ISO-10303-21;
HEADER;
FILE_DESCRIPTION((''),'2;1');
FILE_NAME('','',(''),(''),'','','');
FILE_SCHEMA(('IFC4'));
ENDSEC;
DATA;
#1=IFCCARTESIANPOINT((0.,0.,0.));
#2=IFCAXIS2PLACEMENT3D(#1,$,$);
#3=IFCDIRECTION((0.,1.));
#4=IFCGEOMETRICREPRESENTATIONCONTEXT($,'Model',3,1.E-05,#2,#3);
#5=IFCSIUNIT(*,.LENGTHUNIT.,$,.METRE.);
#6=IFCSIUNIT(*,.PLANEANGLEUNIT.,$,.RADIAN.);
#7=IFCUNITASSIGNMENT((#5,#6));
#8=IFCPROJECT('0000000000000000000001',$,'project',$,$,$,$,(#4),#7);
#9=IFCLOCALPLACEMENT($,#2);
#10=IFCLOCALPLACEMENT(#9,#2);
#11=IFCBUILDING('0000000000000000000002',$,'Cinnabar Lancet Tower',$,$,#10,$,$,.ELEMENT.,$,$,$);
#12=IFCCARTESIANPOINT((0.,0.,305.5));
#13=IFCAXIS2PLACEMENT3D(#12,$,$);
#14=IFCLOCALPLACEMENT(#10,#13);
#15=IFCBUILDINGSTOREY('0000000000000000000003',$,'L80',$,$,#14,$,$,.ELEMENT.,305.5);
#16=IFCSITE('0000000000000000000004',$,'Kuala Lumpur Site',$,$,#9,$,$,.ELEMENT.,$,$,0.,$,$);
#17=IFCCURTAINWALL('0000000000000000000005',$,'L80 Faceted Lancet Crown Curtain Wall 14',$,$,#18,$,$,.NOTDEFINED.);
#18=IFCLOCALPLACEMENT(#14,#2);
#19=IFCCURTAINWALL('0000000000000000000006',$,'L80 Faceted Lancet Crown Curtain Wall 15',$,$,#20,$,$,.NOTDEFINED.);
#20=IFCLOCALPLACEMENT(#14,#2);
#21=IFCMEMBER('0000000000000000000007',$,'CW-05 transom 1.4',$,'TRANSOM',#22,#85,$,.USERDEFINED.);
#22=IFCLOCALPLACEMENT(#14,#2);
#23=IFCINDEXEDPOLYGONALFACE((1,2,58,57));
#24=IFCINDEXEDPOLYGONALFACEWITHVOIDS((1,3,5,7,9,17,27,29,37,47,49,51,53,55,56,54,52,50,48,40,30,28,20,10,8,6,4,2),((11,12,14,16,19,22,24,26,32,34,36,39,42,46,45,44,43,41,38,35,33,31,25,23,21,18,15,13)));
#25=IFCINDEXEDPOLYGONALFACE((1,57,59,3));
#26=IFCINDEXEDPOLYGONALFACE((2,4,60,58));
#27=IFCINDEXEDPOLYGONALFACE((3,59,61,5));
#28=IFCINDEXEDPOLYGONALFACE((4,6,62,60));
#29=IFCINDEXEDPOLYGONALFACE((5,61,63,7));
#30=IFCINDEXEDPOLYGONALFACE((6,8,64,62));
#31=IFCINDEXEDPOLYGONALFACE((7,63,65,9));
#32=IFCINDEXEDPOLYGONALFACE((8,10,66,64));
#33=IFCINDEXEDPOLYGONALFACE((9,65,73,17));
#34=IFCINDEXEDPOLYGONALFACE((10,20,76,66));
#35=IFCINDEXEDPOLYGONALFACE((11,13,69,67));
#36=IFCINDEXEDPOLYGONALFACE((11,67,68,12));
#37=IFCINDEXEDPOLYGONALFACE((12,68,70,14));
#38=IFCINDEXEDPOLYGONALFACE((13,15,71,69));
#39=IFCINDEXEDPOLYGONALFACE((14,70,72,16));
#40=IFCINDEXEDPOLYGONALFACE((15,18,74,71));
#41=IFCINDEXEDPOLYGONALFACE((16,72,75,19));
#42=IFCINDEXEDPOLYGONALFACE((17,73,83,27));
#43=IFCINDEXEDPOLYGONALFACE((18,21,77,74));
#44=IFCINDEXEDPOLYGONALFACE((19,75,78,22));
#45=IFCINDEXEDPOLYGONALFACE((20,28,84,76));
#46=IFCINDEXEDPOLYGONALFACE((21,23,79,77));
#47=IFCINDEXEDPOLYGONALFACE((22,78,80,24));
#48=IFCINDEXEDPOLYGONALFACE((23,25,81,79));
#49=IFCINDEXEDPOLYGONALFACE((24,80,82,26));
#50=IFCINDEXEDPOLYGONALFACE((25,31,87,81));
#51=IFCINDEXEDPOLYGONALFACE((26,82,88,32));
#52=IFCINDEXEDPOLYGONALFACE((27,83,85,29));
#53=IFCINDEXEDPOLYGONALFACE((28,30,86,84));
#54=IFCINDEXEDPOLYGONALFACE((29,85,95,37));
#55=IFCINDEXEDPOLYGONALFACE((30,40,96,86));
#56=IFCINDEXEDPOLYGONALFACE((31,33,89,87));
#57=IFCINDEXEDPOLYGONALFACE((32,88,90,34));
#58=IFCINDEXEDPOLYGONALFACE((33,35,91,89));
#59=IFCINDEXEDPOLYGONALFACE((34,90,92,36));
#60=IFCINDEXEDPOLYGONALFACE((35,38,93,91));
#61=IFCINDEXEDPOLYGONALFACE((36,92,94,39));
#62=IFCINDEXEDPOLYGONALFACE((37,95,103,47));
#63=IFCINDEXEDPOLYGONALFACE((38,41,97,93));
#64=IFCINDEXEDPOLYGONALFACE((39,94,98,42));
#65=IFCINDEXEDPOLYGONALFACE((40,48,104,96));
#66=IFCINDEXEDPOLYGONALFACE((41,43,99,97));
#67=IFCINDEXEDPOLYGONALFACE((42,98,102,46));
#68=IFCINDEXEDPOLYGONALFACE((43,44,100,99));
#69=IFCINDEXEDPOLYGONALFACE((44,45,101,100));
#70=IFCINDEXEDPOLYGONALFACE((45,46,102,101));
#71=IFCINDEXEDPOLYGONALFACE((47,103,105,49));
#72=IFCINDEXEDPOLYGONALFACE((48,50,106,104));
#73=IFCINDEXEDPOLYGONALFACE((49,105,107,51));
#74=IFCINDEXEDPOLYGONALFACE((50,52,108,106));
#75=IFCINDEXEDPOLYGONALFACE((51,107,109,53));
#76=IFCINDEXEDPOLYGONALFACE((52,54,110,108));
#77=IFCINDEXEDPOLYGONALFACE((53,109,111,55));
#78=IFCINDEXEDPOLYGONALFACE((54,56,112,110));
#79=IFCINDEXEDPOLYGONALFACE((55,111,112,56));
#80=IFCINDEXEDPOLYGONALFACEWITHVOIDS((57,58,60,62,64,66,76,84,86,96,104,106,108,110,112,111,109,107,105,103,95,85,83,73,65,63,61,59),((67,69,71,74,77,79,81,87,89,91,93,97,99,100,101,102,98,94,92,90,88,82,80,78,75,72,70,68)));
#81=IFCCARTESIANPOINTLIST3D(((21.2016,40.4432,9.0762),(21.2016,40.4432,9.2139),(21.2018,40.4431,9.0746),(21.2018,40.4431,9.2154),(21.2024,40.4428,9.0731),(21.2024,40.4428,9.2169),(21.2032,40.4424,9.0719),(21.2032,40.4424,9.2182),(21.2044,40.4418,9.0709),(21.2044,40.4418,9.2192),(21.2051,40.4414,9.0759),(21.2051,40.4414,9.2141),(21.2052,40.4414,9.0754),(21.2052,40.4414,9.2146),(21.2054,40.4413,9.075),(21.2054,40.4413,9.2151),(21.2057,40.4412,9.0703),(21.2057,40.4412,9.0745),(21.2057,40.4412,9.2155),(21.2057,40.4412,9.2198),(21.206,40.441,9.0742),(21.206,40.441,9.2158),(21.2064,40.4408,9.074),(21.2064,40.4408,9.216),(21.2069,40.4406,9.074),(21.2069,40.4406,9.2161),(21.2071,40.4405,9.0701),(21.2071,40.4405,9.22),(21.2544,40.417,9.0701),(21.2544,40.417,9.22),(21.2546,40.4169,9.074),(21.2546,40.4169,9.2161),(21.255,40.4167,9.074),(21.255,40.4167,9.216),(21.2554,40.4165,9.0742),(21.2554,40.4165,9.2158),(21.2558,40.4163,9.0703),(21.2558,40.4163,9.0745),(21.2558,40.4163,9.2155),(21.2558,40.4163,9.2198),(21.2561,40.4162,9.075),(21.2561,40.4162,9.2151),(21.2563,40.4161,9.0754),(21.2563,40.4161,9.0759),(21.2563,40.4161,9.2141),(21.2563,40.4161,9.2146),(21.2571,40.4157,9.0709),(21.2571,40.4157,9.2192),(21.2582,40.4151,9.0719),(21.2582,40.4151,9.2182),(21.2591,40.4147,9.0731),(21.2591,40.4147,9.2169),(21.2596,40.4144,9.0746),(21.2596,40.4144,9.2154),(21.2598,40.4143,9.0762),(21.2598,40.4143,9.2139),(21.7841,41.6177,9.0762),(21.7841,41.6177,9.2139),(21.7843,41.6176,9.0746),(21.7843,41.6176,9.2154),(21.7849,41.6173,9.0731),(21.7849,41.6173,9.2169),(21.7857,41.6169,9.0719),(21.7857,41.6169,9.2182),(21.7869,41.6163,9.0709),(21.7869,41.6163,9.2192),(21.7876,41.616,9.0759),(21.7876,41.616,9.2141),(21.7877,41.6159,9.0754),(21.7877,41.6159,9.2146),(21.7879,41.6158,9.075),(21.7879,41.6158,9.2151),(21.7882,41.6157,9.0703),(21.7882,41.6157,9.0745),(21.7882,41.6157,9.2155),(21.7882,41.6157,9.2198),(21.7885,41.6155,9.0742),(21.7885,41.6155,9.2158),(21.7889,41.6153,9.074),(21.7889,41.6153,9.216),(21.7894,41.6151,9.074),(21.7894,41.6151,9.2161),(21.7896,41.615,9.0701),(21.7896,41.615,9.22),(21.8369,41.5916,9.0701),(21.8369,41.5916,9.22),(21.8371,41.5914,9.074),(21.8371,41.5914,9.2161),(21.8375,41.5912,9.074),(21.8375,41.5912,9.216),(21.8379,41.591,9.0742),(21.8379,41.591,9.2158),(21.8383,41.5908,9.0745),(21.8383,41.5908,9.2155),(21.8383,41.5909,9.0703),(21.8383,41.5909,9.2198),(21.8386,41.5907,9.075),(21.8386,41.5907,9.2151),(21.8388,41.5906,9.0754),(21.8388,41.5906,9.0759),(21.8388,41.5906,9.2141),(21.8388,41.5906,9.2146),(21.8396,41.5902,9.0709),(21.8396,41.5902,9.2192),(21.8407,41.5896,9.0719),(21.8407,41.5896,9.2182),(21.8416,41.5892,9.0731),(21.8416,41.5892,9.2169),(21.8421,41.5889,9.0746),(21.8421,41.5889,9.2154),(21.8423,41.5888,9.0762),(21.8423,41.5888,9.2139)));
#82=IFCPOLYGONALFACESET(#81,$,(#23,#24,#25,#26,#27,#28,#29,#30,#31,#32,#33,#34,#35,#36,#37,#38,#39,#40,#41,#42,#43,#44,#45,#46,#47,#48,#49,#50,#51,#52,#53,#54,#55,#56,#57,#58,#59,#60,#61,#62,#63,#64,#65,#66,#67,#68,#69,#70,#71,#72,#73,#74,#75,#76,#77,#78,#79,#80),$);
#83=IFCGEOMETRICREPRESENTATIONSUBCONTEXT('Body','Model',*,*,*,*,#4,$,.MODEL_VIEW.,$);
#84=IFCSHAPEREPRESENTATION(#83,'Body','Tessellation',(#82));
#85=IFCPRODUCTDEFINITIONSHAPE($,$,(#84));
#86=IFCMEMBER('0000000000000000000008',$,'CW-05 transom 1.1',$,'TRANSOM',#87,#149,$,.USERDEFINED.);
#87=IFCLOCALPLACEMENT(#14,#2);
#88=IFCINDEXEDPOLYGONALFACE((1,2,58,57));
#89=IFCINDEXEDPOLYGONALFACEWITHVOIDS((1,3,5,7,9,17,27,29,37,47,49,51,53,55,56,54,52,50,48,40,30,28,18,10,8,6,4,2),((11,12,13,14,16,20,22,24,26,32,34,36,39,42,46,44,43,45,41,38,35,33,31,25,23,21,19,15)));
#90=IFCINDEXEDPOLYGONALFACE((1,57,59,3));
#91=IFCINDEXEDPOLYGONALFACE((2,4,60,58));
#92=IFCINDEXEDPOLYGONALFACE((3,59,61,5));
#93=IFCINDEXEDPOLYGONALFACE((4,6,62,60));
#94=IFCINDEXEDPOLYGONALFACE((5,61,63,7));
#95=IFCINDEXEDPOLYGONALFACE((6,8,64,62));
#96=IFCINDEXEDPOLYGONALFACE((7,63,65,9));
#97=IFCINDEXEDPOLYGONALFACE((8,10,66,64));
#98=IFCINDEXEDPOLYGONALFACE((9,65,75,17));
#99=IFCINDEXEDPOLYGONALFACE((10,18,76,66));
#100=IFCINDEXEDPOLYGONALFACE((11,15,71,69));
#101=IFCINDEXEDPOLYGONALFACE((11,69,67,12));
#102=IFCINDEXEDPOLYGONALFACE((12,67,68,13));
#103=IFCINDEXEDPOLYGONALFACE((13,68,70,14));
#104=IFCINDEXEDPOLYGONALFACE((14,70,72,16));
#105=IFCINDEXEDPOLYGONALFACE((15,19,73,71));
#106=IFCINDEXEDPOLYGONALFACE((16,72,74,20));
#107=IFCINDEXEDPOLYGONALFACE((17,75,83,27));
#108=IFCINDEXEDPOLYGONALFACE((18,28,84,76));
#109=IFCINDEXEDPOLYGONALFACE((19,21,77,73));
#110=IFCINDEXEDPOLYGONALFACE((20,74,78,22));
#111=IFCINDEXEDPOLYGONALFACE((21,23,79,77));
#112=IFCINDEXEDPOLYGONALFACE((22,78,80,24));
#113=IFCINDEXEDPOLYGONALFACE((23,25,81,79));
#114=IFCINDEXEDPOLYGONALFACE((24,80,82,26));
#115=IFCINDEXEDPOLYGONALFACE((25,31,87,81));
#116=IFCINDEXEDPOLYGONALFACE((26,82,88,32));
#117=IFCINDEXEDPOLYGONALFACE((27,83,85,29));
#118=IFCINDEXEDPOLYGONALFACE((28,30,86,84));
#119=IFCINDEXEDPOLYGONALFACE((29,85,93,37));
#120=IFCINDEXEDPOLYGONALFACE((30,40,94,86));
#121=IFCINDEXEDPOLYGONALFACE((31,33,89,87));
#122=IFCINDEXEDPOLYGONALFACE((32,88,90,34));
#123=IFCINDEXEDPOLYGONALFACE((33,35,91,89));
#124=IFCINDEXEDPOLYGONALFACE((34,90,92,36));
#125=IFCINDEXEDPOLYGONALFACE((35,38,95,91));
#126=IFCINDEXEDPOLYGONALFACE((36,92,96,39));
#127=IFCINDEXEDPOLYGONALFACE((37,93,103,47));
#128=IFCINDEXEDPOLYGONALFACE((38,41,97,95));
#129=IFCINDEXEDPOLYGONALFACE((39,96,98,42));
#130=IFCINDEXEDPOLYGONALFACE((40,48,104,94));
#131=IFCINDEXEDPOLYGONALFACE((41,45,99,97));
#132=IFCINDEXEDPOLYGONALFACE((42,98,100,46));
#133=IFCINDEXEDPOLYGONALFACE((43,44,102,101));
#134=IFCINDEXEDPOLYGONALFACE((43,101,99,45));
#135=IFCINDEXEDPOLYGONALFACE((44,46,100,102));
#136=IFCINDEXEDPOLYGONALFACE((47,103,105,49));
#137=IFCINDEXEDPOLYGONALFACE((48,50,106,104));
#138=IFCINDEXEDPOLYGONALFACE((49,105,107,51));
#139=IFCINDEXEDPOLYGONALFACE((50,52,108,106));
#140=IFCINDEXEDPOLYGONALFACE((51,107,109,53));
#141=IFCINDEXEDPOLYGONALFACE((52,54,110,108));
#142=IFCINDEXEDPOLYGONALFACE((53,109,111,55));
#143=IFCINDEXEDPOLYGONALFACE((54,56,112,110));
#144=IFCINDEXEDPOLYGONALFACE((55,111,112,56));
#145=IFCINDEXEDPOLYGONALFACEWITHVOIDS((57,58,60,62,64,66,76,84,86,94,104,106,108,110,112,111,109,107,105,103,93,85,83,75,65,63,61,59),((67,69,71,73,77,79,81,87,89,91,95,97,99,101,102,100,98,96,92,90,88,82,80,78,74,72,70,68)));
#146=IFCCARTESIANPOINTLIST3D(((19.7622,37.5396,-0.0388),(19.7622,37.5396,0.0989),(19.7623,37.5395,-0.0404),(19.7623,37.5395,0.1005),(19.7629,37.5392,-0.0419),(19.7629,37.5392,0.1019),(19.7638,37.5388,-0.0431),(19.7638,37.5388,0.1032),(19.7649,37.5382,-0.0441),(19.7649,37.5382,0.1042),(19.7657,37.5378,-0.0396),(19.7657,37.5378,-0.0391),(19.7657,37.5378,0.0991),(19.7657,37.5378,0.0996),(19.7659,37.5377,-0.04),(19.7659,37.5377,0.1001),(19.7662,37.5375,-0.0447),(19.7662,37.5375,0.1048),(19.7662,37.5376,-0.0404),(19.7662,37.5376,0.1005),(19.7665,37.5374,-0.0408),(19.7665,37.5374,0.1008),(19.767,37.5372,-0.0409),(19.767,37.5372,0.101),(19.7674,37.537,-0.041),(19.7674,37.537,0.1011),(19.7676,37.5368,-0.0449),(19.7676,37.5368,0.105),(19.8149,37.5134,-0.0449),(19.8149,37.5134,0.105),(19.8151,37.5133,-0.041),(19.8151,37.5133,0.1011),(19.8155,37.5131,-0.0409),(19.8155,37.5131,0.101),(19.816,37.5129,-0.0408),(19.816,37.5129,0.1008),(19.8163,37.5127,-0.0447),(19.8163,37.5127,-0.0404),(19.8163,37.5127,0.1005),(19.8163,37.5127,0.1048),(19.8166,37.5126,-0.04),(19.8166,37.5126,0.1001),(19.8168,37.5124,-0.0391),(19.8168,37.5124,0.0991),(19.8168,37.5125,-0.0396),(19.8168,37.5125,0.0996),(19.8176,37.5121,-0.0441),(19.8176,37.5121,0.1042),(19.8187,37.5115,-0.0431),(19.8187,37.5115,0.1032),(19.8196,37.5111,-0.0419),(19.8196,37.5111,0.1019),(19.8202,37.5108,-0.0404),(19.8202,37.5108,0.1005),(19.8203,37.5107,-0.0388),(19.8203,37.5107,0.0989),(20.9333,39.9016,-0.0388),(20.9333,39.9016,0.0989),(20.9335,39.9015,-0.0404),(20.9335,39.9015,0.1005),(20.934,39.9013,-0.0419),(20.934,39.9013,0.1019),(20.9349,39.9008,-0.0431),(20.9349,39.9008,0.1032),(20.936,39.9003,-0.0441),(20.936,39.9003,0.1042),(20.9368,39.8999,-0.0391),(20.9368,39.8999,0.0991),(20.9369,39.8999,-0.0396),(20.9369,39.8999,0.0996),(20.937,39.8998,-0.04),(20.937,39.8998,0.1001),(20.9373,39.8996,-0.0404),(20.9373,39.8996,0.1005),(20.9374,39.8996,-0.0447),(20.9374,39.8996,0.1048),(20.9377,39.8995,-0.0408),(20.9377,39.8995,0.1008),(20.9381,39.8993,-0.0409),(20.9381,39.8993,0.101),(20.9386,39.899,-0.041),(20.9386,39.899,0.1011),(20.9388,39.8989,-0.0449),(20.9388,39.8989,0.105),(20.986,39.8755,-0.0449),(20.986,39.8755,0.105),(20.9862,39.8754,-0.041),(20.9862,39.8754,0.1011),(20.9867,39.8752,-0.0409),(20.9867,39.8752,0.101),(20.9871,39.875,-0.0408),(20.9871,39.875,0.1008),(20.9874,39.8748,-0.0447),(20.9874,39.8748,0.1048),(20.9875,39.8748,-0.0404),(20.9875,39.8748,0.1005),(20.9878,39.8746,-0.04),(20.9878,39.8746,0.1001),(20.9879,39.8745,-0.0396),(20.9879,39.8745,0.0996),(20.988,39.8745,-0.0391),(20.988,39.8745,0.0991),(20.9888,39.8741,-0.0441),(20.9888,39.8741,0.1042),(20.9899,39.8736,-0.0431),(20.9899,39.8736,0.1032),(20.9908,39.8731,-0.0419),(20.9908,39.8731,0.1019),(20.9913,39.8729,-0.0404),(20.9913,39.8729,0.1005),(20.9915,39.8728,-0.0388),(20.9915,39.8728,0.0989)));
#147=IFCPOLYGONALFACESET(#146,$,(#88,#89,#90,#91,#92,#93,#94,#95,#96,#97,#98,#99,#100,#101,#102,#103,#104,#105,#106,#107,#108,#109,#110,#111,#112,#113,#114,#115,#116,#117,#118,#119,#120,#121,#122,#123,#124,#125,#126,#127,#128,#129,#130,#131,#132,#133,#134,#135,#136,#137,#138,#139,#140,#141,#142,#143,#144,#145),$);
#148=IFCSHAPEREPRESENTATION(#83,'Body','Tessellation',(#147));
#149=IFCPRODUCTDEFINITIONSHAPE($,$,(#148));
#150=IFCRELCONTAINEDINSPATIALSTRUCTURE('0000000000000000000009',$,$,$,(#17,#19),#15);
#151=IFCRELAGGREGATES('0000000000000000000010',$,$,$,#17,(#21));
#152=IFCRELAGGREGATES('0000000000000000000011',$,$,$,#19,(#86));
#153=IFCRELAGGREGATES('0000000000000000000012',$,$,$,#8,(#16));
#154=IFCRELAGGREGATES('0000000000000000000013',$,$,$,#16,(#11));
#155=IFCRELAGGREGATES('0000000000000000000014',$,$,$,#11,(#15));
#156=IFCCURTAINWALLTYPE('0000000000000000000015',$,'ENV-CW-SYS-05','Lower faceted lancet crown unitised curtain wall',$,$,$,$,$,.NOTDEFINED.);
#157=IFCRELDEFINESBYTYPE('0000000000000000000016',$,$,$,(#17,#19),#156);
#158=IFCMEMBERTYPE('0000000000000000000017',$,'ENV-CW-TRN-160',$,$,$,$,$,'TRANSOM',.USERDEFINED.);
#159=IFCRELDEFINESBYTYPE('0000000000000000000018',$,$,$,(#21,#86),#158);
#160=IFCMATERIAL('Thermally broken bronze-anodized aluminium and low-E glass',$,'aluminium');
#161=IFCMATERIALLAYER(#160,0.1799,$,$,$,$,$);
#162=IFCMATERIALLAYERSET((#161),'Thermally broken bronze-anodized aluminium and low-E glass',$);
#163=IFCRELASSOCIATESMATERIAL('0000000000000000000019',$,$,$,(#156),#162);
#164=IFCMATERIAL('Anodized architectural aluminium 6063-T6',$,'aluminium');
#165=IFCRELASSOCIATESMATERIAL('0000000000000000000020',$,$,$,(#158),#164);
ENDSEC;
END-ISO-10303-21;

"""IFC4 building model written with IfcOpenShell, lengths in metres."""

from ifc_helpers import new_model, si_unit, direction, frame, origin, origin_2d, place, context, subcontext, project, spatial, hollow_rectangle, extrude, material, layer, layer_set, material_profile, profile_set, type_object, element, aggregate, save


model = new_model("IFC4")

# Units and contexts
model_context = context("Model", 3, precision=1e-05, world=origin(), true_north=direction((0.0, 1.0)))
body_context = subcontext(model_context, "Body", "Model", "MODEL_VIEW")
ifc_project = project(units=[si_unit("LENGTHUNIT", "METRE"), si_unit("PLANEANGLEUNIT", "RADIAN")], contexts=[model_context])

# Site, building, storey
site_placement = place(None, origin())
site = spatial("IfcSite", under=ifc_project, at=site_placement, Name="Kuala Lumpur Site", CompositionType="ELEMENT", RefElevation=0.0)
building_placement = place(site_placement, origin())
building = spatial("IfcBuilding", under=site, at=building_placement, Name="Cinnabar Lancet Tower", CompositionType="ELEMENT")
storey_placement = place(building_placement, frame((0.0, 0.0, 305.5)))
storey = spatial("IfcBuildingStorey", under=building, at=storey_placement, Name="L80", CompositionType="ELEMENT", Elevation=305.5)

# Shared definitions
ifc_material_1 = material(Name="Thermally broken bronze-anodized aluminium and low-E glass", Category="aluminium")
ifc_layer_1 = layer(ifc_material_1, 0.1799)
ifc_layer_set_1 = layer_set([ifc_layer_1], Name="Thermally broken bronze-anodized aluminium and low-E glass")
curtain_wall_type = type_object("IfcCurtainWallType", Name="ENV-CW-SYS-05", Description="Lower faceted lancet crown unitised curtain wall", PredefinedType="NOTDEFINED", material=ifc_layer_set_1)

# Curtain walls
curtain_wall_1_placement = place(storey_placement, origin())
curtain_wall_1 = element("IfcCurtainWall", 1, at=curtain_wall_1_placement, inside=storey, type_object=curtain_wall_type, Name="L80 Faceted Lancet Crown Curtain Wall 14", PredefinedType="NOTDEFINED")
curtain_wall_2_placement = place(storey_placement, origin())
curtain_wall_2 = element("IfcCurtainWall", 2, at=curtain_wall_2_placement, inside=storey, type_object=curtain_wall_type, Name="L80 Faceted Lancet Crown Curtain Wall 15", PredefinedType="NOTDEFINED")

# Members
ifc_material_2 = material(Name="Anodized architectural aluminium 6063-T6", Category="aluminium")
ifc_material_profile_1 = material_profile(ifc_material_2, hollow_rectangle(XDim=0.0649, YDim=0.1499, WallThickness=0.0039, InnerFilletRadius=0.002, OuterFilletRadius=0.0061, at=origin_2d()), Name="CW-TRN 150x65x4")
ifc_profile_set_1 = profile_set([ifc_material_profile_1], Name="Anodized architectural aluminium 6063-T6")
member_type_1 = type_object("IfcMemberType", Name="ENV-CW-TRN-160", ElementType="TRANSOM", PredefinedType="USERDEFINED", material=ifc_profile_set_1)
member_1_placement = place(storey_placement, frame((21.8132, 41.6033, 9.145), z_axis=(-0.444306, -0.895875, 0.0), x_axis=(0.895875, -0.444306, 0.0)))
member_1 = element("IfcMember", 3, at=member_1_placement, type_object=member_type_1, Name="CW-05 transom 1.4", ObjectType="TRANSOM", PredefinedType="USERDEFINED", context=body_context, shape_type="SweptSolid", body=[
    extrude(hollow_rectangle(XDim=0.0649, YDim=0.1499, WallThickness=0.0039, InnerFilletRadius=0.002, OuterFilletRadius=0.0061, at=origin_2d()), origin(), (0.0, 0.0, 1.0), 1.311),
])
member_2_placement = place(storey_placement, frame((20.9624, 39.8872, 0.03), z_axis=(-0.444211, -0.895922, 0.0), x_axis=(0.895922, -0.444211, 0.0)))
member_2 = element("IfcMember", 4, at=member_2_placement, type_object=member_type_1, Name="CW-05 transom 1.1", ObjectType="TRANSOM", PredefinedType="USERDEFINED", context=body_context, shape_type="SweptSolid", body=[
    extrude(hollow_rectangle(XDim=0.0649, YDim=0.1499, WallThickness=0.0039, InnerFilletRadius=0.002, OuterFilletRadius=0.0061, at=origin_2d()), origin(), (0.0, 0.0, 1.0), 2.6365),
])

aggregate(curtain_wall_1, [member_1])
aggregate(curtain_wall_2, [member_2])

save(model, "model.ifc")
